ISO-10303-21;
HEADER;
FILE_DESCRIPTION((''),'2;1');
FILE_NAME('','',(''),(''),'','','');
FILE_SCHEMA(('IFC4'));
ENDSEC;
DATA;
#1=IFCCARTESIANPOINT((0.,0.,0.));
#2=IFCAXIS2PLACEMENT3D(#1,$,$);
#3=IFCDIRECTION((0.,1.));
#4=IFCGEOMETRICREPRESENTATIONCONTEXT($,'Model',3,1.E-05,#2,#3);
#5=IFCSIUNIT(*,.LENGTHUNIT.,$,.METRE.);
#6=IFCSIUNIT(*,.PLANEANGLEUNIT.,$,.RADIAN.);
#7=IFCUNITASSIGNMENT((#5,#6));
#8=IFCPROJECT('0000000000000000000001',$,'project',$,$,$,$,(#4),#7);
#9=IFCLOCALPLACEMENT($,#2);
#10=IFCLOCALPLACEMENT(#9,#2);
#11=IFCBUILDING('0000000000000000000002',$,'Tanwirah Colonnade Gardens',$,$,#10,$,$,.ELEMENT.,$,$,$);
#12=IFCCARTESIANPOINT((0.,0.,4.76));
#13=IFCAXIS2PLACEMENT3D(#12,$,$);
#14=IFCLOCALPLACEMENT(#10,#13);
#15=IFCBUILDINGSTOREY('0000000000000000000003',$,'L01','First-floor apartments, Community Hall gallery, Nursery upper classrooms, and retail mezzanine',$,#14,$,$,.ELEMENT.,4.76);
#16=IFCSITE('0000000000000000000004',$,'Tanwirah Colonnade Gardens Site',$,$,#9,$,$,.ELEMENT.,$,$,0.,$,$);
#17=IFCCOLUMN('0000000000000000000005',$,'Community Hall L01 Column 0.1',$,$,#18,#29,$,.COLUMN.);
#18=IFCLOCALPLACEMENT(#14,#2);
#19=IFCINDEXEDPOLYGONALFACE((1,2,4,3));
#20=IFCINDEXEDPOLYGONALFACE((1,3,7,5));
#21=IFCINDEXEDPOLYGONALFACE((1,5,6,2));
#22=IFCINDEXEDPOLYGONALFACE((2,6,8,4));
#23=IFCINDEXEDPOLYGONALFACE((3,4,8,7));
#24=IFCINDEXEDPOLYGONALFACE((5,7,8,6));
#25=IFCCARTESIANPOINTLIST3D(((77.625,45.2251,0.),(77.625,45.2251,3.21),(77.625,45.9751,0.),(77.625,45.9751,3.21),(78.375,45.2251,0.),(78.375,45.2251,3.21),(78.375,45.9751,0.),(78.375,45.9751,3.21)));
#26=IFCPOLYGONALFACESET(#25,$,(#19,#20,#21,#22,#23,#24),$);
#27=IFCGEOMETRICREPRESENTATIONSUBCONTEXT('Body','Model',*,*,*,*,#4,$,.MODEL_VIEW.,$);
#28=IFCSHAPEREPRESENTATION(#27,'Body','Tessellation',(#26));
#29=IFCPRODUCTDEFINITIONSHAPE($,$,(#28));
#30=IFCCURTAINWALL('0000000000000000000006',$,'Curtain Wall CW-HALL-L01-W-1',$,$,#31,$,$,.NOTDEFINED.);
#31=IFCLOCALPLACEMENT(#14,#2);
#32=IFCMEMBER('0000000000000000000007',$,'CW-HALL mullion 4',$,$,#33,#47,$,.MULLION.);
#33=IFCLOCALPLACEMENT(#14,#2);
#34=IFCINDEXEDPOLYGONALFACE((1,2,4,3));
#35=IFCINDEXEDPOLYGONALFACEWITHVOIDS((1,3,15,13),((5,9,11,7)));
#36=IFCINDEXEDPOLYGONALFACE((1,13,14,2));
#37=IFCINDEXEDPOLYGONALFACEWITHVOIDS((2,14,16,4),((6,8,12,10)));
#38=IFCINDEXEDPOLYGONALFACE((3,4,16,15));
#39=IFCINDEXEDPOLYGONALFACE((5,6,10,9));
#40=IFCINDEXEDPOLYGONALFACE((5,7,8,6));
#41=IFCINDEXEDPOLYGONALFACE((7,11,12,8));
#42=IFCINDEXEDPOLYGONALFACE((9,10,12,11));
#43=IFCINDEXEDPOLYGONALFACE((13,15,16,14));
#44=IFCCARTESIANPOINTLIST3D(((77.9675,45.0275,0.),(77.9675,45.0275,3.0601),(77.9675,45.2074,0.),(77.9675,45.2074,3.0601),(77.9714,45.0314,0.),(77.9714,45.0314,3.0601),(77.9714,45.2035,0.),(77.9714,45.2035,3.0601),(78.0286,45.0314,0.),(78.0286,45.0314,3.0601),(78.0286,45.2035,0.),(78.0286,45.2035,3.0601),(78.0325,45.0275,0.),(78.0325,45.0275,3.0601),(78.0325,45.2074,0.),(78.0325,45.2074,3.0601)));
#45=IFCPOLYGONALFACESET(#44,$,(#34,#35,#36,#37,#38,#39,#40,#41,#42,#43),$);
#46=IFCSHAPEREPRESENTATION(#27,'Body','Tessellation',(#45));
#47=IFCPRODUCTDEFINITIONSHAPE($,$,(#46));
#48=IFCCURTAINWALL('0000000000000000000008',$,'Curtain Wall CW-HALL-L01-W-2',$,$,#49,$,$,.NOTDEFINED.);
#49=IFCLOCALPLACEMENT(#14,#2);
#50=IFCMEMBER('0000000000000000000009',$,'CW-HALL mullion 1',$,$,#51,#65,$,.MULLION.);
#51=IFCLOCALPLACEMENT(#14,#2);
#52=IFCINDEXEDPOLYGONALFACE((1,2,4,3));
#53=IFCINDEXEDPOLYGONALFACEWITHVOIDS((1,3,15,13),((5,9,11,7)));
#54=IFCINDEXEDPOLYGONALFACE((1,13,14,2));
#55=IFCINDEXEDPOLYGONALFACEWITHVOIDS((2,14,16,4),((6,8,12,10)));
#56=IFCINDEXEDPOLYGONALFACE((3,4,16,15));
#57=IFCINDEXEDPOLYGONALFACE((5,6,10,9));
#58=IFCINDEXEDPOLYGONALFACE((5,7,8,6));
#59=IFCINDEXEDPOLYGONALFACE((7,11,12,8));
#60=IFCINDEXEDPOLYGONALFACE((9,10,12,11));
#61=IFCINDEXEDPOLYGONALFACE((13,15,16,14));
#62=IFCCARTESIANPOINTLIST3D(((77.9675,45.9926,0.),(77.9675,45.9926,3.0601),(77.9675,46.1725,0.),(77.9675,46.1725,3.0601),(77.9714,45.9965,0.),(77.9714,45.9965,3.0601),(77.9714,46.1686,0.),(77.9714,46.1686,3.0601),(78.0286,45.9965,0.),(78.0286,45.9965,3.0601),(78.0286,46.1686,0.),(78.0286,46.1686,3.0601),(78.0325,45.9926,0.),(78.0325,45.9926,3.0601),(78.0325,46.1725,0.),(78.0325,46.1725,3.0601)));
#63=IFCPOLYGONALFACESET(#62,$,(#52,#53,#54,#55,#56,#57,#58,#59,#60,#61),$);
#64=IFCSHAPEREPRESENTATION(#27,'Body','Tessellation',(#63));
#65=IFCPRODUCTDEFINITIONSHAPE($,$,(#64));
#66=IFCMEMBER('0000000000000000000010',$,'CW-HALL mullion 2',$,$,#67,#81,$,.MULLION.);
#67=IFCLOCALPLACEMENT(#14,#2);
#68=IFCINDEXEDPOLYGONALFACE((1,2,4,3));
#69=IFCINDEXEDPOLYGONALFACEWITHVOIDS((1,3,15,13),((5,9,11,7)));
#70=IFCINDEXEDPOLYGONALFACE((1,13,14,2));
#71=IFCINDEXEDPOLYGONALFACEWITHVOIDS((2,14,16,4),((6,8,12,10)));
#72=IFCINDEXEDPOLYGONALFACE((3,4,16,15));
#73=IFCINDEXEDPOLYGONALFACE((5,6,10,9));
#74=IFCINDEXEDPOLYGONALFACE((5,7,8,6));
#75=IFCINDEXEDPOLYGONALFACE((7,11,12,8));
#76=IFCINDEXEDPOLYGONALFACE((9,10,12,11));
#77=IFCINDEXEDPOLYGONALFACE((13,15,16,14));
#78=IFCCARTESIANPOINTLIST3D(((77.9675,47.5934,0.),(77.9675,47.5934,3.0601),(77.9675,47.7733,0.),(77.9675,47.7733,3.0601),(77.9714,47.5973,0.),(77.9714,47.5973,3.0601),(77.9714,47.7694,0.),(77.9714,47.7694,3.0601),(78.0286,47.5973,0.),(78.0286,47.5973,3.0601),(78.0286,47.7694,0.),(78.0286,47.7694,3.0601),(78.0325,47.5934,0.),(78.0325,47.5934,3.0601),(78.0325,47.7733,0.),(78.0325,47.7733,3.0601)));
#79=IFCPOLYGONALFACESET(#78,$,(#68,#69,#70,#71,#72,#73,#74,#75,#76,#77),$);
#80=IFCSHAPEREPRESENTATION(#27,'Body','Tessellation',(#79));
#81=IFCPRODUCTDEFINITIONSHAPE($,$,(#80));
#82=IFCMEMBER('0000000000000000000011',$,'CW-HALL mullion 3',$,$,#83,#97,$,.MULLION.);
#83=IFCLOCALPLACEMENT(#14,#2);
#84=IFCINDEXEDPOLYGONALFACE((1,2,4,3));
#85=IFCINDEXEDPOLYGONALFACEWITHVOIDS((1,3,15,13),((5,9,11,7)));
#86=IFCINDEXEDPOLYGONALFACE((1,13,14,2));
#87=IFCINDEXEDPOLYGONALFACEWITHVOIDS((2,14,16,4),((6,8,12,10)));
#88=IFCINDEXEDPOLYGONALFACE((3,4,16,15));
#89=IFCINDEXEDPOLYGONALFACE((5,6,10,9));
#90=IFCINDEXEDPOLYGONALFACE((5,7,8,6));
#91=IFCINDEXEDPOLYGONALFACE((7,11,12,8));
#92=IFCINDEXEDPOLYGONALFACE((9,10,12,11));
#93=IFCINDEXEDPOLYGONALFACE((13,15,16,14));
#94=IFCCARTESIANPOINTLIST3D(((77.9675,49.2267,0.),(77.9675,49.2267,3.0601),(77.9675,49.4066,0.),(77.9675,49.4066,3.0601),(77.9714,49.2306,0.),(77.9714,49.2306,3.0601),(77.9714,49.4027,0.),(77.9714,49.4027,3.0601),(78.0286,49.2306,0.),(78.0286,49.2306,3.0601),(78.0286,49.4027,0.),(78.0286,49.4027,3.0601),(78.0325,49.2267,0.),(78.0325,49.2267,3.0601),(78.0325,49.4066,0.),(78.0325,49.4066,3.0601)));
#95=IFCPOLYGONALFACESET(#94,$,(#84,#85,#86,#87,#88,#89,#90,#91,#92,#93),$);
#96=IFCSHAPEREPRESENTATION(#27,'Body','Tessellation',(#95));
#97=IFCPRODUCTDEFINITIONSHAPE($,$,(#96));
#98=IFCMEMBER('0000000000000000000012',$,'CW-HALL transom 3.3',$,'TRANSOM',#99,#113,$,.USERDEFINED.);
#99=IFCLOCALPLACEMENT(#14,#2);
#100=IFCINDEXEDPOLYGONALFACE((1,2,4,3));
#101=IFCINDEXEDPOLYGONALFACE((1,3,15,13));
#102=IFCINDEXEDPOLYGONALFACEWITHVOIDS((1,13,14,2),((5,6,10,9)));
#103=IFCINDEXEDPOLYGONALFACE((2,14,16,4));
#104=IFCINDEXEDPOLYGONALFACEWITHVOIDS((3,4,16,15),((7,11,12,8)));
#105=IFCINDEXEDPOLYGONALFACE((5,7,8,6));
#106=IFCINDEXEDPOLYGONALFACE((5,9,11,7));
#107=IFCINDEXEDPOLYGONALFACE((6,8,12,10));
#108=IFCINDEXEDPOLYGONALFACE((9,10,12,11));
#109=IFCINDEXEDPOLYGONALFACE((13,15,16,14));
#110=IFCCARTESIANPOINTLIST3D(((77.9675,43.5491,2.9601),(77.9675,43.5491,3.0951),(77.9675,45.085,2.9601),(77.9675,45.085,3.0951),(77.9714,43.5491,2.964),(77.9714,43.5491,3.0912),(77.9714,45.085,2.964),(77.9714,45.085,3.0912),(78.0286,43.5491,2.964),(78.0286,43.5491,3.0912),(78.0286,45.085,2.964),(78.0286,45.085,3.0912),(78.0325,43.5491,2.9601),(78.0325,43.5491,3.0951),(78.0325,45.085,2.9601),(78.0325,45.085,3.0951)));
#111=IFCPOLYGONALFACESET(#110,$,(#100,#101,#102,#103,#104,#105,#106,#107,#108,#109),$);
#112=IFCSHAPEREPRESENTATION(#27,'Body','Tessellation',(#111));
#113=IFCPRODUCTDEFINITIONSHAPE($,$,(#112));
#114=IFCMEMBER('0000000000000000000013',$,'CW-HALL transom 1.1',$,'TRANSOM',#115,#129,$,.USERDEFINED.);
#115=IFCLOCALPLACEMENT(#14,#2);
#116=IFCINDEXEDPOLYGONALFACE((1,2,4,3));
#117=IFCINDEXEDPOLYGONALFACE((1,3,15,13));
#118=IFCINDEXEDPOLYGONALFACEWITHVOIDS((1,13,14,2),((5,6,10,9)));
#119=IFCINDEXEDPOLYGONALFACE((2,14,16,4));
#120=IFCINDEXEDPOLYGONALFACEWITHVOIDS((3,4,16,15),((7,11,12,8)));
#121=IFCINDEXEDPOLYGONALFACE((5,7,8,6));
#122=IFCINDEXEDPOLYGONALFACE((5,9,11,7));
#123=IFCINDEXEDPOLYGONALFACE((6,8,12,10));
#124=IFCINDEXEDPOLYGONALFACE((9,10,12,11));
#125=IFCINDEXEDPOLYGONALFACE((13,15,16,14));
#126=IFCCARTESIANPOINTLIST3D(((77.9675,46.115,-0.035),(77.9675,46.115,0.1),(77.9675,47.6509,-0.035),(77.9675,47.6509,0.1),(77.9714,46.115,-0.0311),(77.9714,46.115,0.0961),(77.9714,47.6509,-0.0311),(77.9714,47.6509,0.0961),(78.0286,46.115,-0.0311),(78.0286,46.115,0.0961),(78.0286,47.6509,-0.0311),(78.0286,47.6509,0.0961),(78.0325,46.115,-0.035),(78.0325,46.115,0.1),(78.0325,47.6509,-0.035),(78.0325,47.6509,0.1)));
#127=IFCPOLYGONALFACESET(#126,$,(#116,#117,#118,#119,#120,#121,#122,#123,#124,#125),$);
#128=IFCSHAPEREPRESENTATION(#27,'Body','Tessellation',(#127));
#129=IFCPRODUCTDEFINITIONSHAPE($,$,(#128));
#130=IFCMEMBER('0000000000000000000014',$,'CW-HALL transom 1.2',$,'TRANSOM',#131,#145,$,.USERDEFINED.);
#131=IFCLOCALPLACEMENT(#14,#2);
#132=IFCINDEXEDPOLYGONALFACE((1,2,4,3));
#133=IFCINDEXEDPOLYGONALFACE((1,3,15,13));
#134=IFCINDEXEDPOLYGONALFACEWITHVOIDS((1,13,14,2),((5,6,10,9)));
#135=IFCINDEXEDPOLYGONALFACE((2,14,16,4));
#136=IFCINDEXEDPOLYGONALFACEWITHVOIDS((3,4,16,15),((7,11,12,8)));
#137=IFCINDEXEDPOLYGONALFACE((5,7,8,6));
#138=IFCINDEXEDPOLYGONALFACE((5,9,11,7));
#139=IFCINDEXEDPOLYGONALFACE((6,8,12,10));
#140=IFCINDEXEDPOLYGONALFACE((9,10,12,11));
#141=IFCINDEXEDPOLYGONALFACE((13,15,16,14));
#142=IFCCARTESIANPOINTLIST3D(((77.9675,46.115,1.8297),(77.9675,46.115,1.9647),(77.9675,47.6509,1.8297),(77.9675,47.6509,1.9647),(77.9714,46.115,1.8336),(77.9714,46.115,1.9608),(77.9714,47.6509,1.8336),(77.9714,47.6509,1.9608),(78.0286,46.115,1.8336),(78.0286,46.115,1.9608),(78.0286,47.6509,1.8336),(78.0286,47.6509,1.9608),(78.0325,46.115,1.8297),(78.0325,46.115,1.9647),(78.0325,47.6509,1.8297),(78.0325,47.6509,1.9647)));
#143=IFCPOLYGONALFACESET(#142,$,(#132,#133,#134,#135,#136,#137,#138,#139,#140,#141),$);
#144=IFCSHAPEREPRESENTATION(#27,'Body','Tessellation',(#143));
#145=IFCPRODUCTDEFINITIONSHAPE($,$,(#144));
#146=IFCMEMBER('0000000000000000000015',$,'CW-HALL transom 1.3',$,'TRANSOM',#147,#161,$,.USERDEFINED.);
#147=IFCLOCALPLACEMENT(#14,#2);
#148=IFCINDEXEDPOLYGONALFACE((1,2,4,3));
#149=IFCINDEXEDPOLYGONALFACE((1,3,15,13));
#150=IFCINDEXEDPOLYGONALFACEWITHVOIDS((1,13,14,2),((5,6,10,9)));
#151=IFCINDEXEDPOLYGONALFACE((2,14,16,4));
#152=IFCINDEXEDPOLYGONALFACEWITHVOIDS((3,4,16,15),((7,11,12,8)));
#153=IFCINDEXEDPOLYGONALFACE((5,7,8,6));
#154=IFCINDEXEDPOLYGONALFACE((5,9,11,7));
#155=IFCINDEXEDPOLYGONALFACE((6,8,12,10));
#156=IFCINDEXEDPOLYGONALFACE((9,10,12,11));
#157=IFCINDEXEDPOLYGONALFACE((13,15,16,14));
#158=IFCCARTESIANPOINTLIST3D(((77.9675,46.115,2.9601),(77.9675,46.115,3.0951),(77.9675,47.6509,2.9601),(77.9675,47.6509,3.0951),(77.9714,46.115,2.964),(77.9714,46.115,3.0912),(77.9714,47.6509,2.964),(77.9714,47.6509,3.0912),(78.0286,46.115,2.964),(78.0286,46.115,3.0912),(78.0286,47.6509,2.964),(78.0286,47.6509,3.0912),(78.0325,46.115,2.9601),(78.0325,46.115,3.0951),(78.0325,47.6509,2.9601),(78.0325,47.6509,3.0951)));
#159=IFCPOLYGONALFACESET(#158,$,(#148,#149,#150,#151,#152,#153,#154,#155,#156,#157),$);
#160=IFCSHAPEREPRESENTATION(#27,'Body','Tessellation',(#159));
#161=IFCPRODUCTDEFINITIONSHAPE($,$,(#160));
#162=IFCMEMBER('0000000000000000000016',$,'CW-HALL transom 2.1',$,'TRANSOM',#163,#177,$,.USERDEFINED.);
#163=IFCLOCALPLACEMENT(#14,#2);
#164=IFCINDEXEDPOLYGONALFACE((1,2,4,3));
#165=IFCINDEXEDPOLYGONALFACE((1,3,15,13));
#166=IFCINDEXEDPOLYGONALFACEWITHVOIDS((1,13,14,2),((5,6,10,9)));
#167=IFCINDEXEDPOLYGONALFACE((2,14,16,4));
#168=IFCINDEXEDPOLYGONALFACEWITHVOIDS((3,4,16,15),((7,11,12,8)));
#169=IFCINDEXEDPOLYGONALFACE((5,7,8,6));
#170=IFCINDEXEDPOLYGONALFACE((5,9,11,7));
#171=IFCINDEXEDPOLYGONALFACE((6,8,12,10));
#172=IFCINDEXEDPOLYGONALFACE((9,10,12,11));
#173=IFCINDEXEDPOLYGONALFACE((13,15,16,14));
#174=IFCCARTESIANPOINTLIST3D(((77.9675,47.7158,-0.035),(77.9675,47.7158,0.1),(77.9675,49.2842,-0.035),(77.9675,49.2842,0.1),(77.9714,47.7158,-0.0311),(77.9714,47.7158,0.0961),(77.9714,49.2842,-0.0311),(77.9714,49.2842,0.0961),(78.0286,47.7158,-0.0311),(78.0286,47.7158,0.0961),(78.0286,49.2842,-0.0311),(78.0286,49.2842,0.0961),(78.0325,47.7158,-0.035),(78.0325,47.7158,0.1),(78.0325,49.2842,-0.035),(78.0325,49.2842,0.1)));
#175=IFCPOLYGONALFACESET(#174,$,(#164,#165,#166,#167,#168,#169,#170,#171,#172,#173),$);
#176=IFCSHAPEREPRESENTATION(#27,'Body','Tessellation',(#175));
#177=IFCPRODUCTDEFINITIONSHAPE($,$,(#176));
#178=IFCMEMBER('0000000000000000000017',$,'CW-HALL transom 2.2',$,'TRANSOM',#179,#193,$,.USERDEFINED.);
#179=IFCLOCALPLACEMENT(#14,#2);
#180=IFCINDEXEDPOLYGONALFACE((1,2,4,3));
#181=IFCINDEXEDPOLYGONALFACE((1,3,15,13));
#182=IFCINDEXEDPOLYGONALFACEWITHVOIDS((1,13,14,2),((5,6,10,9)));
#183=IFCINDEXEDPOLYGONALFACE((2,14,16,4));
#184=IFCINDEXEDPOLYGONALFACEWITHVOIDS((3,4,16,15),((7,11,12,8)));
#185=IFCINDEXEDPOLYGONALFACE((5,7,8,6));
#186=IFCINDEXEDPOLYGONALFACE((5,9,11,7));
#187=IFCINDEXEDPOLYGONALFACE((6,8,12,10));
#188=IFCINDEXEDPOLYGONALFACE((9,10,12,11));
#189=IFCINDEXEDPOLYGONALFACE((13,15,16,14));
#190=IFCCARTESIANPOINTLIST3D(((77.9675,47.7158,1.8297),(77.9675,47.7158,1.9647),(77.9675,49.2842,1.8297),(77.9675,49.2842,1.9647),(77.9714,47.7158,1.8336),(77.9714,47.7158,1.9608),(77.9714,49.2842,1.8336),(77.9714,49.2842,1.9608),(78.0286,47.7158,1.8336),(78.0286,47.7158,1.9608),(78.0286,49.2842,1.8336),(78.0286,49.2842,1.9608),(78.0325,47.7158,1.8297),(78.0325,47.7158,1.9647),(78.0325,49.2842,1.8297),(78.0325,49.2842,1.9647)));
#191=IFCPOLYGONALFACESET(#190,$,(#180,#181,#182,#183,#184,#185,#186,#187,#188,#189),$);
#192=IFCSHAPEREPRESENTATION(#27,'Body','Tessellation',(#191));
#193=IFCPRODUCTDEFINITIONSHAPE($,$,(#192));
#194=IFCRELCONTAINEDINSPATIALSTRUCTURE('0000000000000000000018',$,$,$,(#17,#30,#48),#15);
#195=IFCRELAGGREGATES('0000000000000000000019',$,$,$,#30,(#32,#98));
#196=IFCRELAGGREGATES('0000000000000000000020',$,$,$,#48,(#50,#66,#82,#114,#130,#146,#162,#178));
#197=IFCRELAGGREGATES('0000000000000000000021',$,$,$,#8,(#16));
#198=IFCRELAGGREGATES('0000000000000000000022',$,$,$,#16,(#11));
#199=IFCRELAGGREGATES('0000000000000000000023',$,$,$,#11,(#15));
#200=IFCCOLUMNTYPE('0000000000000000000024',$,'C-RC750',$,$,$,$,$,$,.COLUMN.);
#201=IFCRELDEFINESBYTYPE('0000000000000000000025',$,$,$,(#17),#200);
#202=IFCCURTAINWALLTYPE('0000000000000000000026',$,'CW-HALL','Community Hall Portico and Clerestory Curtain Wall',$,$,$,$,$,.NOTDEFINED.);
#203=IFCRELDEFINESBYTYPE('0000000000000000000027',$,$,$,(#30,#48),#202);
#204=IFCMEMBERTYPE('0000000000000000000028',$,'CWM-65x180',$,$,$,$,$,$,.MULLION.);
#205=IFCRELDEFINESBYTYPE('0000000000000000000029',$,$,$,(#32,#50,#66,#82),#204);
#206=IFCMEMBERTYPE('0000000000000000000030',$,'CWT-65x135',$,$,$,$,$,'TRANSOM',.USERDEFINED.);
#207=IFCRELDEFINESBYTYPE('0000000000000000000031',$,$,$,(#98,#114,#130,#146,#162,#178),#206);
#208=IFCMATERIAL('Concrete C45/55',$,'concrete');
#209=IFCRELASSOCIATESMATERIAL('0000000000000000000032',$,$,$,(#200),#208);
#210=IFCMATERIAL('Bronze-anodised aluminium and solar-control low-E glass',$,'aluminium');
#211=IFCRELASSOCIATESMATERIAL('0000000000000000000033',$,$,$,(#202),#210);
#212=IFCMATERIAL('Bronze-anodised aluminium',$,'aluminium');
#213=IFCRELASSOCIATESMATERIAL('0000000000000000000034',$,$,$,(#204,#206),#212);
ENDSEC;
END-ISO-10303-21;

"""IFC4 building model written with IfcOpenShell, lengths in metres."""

from ifc_helpers import new_model, si_unit, direction, frame, origin, origin_2d, place, context, subcontext, project, spatial, rectangle, hollow_rectangle, extrude, material, material_profile, profile_set, type_object, element, aggregate, save


model = new_model("IFC4")

# Units and contexts
model_context = context("Model", 3, precision=1e-05, world=origin(), true_north=direction((0.0, 1.0)))
body_context = subcontext(model_context, "Body", "Model", "MODEL_VIEW")
ifc_project = project(units=[si_unit("LENGTHUNIT", "METRE"), si_unit("PLANEANGLEUNIT", "RADIAN")], contexts=[model_context])

# Site, building, storey
site_placement = place(None, origin())
site = spatial("IfcSite", under=ifc_project, at=site_placement, Name="Tanwirah Colonnade Gardens Site", CompositionType="ELEMENT", RefElevation=0.0)
building_placement = place(site_placement, origin())
building = spatial("IfcBuilding", under=site, at=building_placement, Name="Tanwirah Colonnade Gardens", CompositionType="ELEMENT")
storey_placement = place(building_placement, frame((0.0, 0.0, 4.76)))
storey = spatial("IfcBuildingStorey", under=building, at=storey_placement, Name="L01", Description="First-floor apartments, Community Hall gallery, Nursery upper classrooms, and retail mezzanine", CompositionType="ELEMENT", Elevation=4.76)

# Column
ifc_material_1 = material(Name="Concrete C45/55", Category="concrete")
ifc_material_profile_1 = material_profile(ifc_material_1, rectangle(XDim=0.75, YDim=0.75, at=origin_2d()), Name="RC-COL 750x750")
ifc_profile_set_1 = profile_set([ifc_material_profile_1], Name="Concrete C45/55")
column_type = type_object("IfcColumnType", Name="C-RC750", PredefinedType="COLUMN", material=ifc_profile_set_1)
column_placement = place(storey_placement, frame((78.0, 45.6001, 0.0), z_axis=(0.0, 0.0, 1.0), x_axis=(1.0, 0.0, 0.0)))
element("IfcColumn", 1, at=column_placement, inside=storey, type_object=column_type, Name="Community Hall L01 Column 0.1", PredefinedType="COLUMN", context=body_context, shape_type="SweptSolid", body=[
    extrude(rectangle(XDim=0.75, YDim=0.75, at=origin_2d()), origin(), (0.0, 0.0, 1.0), 3.21),
])

# Curtain wall, member
ifc_material_2 = material(Name="Bronze-anodised aluminium and solar-control low-E glass", Category="aluminium")
curtain_wall_type = type_object("IfcCurtainWallType", Name="CW-HALL", Description="Community Hall Portico and Clerestory Curtain Wall", PredefinedType="NOTDEFINED", material=ifc_material_2)
curtain_wall_1_placement = place(storey_placement, origin())
curtain_wall_1 = element("IfcCurtainWall", 2, at=curtain_wall_1_placement, inside=storey, type_object=curtain_wall_type, Name="Curtain Wall CW-HALL-L01-W-1", PredefinedType="NOTDEFINED")
ifc_material_3 = material(Name="Bronze-anodised aluminium", Category="aluminium")
ifc_material_profile_2 = material_profile(ifc_material_3, hollow_rectangle(XDim=0.0649, YDim=0.1799, WallThickness=0.0039, at=origin_2d()), Name="CW-MUL 65x180x4")
ifc_profile_set_2 = profile_set([ifc_material_profile_2], Name="Bronze-anodised aluminium")
member_type_1 = type_object("IfcMemberType", Name="CWM-65x180", PredefinedType="MULLION", material=ifc_profile_set_2)
member_1_placement = place(storey_placement, frame((78.0, 45.1174, 0.0), z_axis=(0.0, 0.0, 1.0), x_axis=(-1.0, 0.0, 0.0)))
member_1 = element("IfcMember", 3, at=member_1_placement, type_object=member_type_1, Name="CW-HALL mullion 4", PredefinedType="MULLION", context=body_context, shape_type="SweptSolid", body=[
    extrude(hollow_rectangle(XDim=0.0649, YDim=0.1799, WallThickness=0.0039, at=origin_2d()), origin(), (0.0, 0.0, 1.0), 3.0601),
])

# Curtain wall, members
curtain_wall_2_placement = place(storey_placement, origin())
curtain_wall_2 = element("IfcCurtainWall", 4, at=curtain_wall_2_placement, inside=storey, type_object=curtain_wall_type, Name="Curtain Wall CW-HALL-L01-W-2", PredefinedType="NOTDEFINED")
member_2_placement = place(storey_placement, frame((78.0, 46.0825, 0.0), z_axis=(0.0, 0.0, 1.0), x_axis=(-1.0, 0.0, 0.0)))
member_2 = element("IfcMember", 5, at=member_2_placement, type_object=member_type_1, Name="CW-HALL mullion 1", PredefinedType="MULLION", context=body_context, shape_type="SweptSolid", body=[
    extrude(hollow_rectangle(XDim=0.0649, YDim=0.1799, WallThickness=0.0039, at=origin_2d()), origin(), (0.0, 0.0, 1.0), 3.0601),
])
member_3_placement = place(storey_placement, frame((78.0, 47.6833, 0.0), z_axis=(0.0, 0.0, 1.0), x_axis=(-1.0, 0.0, 0.0)))
member_3 = element("IfcMember", 6, at=member_3_placement, type_object=member_type_1, Name="CW-HALL mullion 2", PredefinedType="MULLION", context=body_context, shape_type="SweptSolid", body=[
    extrude(hollow_rectangle(XDim=0.0649, YDim=0.1799, WallThickness=0.0039, at=origin_2d()), origin(), (0.0, 0.0, 1.0), 3.0601),
])
member_4_placement = place(storey_placement, frame((78.0, 49.3167, 0.0), z_axis=(0.0, 0.0, 1.0), x_axis=(-1.0, 0.0, 0.0)))
member_4 = element("IfcMember", 7, at=member_4_placement, type_object=member_type_1, Name="CW-HALL mullion 3", PredefinedType="MULLION", context=body_context, shape_type="SweptSolid", body=[
    extrude(hollow_rectangle(XDim=0.0649, YDim=0.1799, WallThickness=0.0039, at=origin_2d()), origin(), (0.0, 0.0, 1.0), 3.0601),
])

# Members
ifc_material_profile_3 = material_profile(ifc_material_3, hollow_rectangle(XDim=0.0649, YDim=0.135, WallThickness=0.0039, at=origin_2d()), Name="CW-TRN 65x135x4")
ifc_profile_set_3 = profile_set([ifc_material_profile_3], Name="Bronze-anodised aluminium")
member_type_2 = type_object("IfcMemberType", Name="CWT-65x135", ElementType="TRANSOM", PredefinedType="USERDEFINED", material=ifc_profile_set_3)
member_5_placement = place(storey_placement, frame((78.0, 43.5491, 3.0276), z_axis=(0.0, 1.0, 0.0), x_axis=(-1.0, 0.0, 0.0)))
member_5 = element("IfcMember", 8, at=member_5_placement, type_object=member_type_2, Name="CW-HALL transom 3.3", ObjectType="TRANSOM", PredefinedType="USERDEFINED", context=body_context, shape_type="SweptSolid", body=[
    extrude(hollow_rectangle(XDim=0.0649, YDim=0.135, WallThickness=0.0039, at=origin_2d()), origin(), (0.0, 0.0, 1.0), 1.5359),
])
member_6_placement = place(storey_placement, frame((78.0, 46.115, 0.0325), z_axis=(0.0, 1.0, 0.0), x_axis=(-1.0, 0.0, 0.0)))
member_6 = element("IfcMember", 9, at=member_6_placement, type_object=member_type_2, Name="CW-HALL transom 1.1", ObjectType="TRANSOM", PredefinedType="USERDEFINED", context=body_context, shape_type="SweptSolid", body=[
    extrude(hollow_rectangle(XDim=0.0649, YDim=0.135, WallThickness=0.0039, at=origin_2d()), origin(), (0.0, 0.0, 1.0), 1.5359),
])
member_7_placement = place(storey_placement, frame((78.0, 46.115, 1.8972), z_axis=(0.0, 1.0, 0.0), x_axis=(-1.0, 0.0, 0.0)))
member_7 = element("IfcMember", 10, at=member_7_placement, type_object=member_type_2, Name="CW-HALL transom 1.2", ObjectType="TRANSOM", PredefinedType="USERDEFINED", context=body_context, shape_type="SweptSolid", body=[
    extrude(hollow_rectangle(XDim=0.0649, YDim=0.135, WallThickness=0.0039, at=origin_2d()), origin(), (0.0, 0.0, 1.0), 1.5359),
])
member_8_placement = place(storey_placement, frame((78.0, 46.115, 3.0276), z_axis=(0.0, 1.0, 0.0), x_axis=(-1.0, 0.0, 0.0)))
member_8 = element("IfcMember", 11, at=member_8_placement, type_object=member_type_2, Name="CW-HALL transom 1.3", ObjectType="TRANSOM", PredefinedType="USERDEFINED", context=body_context, shape_type="SweptSolid", body=[
    extrude(hollow_rectangle(XDim=0.0649, YDim=0.135, WallThickness=0.0039, at=origin_2d()), origin(), (0.0, 0.0, 1.0), 1.5359),
])
member_9_placement = place(storey_placement, frame((78.0, 47.7158, 0.0325), z_axis=(0.0, 1.0, 0.0), x_axis=(-1.0, 0.0, 0.0)))
member_9 = element("IfcMember", 12, at=member_9_placement, type_object=member_type_2, Name="CW-HALL transom 2.1", ObjectType="TRANSOM", PredefinedType="USERDEFINED", context=body_context, shape_type="SweptSolid", body=[
    extrude(hollow_rectangle(XDim=0.0649, YDim=0.135, WallThickness=0.0039, at=origin_2d()), origin(), (0.0, 0.0, 1.0), 1.5684),
])
member_10_placement = place(storey_placement, frame((78.0, 47.7158, 1.8972), z_axis=(0.0, 1.0, 0.0), x_axis=(-1.0, 0.0, 0.0)))
member_10 = element("IfcMember", 13, at=member_10_placement, type_object=member_type_2, Name="CW-HALL transom 2.2", ObjectType="TRANSOM", PredefinedType="USERDEFINED", context=body_context, shape_type="SweptSolid", body=[
    extrude(hollow_rectangle(XDim=0.0649, YDim=0.135, WallThickness=0.0039, at=origin_2d()), origin(), (0.0, 0.0, 1.0), 1.5684),
])

aggregate(curtain_wall_1, [member_1, member_5])
aggregate(curtain_wall_2, [member_2, member_3, member_4, member_6, member_7, member_8, member_9, member_10])

save(model, "model.ifc")
